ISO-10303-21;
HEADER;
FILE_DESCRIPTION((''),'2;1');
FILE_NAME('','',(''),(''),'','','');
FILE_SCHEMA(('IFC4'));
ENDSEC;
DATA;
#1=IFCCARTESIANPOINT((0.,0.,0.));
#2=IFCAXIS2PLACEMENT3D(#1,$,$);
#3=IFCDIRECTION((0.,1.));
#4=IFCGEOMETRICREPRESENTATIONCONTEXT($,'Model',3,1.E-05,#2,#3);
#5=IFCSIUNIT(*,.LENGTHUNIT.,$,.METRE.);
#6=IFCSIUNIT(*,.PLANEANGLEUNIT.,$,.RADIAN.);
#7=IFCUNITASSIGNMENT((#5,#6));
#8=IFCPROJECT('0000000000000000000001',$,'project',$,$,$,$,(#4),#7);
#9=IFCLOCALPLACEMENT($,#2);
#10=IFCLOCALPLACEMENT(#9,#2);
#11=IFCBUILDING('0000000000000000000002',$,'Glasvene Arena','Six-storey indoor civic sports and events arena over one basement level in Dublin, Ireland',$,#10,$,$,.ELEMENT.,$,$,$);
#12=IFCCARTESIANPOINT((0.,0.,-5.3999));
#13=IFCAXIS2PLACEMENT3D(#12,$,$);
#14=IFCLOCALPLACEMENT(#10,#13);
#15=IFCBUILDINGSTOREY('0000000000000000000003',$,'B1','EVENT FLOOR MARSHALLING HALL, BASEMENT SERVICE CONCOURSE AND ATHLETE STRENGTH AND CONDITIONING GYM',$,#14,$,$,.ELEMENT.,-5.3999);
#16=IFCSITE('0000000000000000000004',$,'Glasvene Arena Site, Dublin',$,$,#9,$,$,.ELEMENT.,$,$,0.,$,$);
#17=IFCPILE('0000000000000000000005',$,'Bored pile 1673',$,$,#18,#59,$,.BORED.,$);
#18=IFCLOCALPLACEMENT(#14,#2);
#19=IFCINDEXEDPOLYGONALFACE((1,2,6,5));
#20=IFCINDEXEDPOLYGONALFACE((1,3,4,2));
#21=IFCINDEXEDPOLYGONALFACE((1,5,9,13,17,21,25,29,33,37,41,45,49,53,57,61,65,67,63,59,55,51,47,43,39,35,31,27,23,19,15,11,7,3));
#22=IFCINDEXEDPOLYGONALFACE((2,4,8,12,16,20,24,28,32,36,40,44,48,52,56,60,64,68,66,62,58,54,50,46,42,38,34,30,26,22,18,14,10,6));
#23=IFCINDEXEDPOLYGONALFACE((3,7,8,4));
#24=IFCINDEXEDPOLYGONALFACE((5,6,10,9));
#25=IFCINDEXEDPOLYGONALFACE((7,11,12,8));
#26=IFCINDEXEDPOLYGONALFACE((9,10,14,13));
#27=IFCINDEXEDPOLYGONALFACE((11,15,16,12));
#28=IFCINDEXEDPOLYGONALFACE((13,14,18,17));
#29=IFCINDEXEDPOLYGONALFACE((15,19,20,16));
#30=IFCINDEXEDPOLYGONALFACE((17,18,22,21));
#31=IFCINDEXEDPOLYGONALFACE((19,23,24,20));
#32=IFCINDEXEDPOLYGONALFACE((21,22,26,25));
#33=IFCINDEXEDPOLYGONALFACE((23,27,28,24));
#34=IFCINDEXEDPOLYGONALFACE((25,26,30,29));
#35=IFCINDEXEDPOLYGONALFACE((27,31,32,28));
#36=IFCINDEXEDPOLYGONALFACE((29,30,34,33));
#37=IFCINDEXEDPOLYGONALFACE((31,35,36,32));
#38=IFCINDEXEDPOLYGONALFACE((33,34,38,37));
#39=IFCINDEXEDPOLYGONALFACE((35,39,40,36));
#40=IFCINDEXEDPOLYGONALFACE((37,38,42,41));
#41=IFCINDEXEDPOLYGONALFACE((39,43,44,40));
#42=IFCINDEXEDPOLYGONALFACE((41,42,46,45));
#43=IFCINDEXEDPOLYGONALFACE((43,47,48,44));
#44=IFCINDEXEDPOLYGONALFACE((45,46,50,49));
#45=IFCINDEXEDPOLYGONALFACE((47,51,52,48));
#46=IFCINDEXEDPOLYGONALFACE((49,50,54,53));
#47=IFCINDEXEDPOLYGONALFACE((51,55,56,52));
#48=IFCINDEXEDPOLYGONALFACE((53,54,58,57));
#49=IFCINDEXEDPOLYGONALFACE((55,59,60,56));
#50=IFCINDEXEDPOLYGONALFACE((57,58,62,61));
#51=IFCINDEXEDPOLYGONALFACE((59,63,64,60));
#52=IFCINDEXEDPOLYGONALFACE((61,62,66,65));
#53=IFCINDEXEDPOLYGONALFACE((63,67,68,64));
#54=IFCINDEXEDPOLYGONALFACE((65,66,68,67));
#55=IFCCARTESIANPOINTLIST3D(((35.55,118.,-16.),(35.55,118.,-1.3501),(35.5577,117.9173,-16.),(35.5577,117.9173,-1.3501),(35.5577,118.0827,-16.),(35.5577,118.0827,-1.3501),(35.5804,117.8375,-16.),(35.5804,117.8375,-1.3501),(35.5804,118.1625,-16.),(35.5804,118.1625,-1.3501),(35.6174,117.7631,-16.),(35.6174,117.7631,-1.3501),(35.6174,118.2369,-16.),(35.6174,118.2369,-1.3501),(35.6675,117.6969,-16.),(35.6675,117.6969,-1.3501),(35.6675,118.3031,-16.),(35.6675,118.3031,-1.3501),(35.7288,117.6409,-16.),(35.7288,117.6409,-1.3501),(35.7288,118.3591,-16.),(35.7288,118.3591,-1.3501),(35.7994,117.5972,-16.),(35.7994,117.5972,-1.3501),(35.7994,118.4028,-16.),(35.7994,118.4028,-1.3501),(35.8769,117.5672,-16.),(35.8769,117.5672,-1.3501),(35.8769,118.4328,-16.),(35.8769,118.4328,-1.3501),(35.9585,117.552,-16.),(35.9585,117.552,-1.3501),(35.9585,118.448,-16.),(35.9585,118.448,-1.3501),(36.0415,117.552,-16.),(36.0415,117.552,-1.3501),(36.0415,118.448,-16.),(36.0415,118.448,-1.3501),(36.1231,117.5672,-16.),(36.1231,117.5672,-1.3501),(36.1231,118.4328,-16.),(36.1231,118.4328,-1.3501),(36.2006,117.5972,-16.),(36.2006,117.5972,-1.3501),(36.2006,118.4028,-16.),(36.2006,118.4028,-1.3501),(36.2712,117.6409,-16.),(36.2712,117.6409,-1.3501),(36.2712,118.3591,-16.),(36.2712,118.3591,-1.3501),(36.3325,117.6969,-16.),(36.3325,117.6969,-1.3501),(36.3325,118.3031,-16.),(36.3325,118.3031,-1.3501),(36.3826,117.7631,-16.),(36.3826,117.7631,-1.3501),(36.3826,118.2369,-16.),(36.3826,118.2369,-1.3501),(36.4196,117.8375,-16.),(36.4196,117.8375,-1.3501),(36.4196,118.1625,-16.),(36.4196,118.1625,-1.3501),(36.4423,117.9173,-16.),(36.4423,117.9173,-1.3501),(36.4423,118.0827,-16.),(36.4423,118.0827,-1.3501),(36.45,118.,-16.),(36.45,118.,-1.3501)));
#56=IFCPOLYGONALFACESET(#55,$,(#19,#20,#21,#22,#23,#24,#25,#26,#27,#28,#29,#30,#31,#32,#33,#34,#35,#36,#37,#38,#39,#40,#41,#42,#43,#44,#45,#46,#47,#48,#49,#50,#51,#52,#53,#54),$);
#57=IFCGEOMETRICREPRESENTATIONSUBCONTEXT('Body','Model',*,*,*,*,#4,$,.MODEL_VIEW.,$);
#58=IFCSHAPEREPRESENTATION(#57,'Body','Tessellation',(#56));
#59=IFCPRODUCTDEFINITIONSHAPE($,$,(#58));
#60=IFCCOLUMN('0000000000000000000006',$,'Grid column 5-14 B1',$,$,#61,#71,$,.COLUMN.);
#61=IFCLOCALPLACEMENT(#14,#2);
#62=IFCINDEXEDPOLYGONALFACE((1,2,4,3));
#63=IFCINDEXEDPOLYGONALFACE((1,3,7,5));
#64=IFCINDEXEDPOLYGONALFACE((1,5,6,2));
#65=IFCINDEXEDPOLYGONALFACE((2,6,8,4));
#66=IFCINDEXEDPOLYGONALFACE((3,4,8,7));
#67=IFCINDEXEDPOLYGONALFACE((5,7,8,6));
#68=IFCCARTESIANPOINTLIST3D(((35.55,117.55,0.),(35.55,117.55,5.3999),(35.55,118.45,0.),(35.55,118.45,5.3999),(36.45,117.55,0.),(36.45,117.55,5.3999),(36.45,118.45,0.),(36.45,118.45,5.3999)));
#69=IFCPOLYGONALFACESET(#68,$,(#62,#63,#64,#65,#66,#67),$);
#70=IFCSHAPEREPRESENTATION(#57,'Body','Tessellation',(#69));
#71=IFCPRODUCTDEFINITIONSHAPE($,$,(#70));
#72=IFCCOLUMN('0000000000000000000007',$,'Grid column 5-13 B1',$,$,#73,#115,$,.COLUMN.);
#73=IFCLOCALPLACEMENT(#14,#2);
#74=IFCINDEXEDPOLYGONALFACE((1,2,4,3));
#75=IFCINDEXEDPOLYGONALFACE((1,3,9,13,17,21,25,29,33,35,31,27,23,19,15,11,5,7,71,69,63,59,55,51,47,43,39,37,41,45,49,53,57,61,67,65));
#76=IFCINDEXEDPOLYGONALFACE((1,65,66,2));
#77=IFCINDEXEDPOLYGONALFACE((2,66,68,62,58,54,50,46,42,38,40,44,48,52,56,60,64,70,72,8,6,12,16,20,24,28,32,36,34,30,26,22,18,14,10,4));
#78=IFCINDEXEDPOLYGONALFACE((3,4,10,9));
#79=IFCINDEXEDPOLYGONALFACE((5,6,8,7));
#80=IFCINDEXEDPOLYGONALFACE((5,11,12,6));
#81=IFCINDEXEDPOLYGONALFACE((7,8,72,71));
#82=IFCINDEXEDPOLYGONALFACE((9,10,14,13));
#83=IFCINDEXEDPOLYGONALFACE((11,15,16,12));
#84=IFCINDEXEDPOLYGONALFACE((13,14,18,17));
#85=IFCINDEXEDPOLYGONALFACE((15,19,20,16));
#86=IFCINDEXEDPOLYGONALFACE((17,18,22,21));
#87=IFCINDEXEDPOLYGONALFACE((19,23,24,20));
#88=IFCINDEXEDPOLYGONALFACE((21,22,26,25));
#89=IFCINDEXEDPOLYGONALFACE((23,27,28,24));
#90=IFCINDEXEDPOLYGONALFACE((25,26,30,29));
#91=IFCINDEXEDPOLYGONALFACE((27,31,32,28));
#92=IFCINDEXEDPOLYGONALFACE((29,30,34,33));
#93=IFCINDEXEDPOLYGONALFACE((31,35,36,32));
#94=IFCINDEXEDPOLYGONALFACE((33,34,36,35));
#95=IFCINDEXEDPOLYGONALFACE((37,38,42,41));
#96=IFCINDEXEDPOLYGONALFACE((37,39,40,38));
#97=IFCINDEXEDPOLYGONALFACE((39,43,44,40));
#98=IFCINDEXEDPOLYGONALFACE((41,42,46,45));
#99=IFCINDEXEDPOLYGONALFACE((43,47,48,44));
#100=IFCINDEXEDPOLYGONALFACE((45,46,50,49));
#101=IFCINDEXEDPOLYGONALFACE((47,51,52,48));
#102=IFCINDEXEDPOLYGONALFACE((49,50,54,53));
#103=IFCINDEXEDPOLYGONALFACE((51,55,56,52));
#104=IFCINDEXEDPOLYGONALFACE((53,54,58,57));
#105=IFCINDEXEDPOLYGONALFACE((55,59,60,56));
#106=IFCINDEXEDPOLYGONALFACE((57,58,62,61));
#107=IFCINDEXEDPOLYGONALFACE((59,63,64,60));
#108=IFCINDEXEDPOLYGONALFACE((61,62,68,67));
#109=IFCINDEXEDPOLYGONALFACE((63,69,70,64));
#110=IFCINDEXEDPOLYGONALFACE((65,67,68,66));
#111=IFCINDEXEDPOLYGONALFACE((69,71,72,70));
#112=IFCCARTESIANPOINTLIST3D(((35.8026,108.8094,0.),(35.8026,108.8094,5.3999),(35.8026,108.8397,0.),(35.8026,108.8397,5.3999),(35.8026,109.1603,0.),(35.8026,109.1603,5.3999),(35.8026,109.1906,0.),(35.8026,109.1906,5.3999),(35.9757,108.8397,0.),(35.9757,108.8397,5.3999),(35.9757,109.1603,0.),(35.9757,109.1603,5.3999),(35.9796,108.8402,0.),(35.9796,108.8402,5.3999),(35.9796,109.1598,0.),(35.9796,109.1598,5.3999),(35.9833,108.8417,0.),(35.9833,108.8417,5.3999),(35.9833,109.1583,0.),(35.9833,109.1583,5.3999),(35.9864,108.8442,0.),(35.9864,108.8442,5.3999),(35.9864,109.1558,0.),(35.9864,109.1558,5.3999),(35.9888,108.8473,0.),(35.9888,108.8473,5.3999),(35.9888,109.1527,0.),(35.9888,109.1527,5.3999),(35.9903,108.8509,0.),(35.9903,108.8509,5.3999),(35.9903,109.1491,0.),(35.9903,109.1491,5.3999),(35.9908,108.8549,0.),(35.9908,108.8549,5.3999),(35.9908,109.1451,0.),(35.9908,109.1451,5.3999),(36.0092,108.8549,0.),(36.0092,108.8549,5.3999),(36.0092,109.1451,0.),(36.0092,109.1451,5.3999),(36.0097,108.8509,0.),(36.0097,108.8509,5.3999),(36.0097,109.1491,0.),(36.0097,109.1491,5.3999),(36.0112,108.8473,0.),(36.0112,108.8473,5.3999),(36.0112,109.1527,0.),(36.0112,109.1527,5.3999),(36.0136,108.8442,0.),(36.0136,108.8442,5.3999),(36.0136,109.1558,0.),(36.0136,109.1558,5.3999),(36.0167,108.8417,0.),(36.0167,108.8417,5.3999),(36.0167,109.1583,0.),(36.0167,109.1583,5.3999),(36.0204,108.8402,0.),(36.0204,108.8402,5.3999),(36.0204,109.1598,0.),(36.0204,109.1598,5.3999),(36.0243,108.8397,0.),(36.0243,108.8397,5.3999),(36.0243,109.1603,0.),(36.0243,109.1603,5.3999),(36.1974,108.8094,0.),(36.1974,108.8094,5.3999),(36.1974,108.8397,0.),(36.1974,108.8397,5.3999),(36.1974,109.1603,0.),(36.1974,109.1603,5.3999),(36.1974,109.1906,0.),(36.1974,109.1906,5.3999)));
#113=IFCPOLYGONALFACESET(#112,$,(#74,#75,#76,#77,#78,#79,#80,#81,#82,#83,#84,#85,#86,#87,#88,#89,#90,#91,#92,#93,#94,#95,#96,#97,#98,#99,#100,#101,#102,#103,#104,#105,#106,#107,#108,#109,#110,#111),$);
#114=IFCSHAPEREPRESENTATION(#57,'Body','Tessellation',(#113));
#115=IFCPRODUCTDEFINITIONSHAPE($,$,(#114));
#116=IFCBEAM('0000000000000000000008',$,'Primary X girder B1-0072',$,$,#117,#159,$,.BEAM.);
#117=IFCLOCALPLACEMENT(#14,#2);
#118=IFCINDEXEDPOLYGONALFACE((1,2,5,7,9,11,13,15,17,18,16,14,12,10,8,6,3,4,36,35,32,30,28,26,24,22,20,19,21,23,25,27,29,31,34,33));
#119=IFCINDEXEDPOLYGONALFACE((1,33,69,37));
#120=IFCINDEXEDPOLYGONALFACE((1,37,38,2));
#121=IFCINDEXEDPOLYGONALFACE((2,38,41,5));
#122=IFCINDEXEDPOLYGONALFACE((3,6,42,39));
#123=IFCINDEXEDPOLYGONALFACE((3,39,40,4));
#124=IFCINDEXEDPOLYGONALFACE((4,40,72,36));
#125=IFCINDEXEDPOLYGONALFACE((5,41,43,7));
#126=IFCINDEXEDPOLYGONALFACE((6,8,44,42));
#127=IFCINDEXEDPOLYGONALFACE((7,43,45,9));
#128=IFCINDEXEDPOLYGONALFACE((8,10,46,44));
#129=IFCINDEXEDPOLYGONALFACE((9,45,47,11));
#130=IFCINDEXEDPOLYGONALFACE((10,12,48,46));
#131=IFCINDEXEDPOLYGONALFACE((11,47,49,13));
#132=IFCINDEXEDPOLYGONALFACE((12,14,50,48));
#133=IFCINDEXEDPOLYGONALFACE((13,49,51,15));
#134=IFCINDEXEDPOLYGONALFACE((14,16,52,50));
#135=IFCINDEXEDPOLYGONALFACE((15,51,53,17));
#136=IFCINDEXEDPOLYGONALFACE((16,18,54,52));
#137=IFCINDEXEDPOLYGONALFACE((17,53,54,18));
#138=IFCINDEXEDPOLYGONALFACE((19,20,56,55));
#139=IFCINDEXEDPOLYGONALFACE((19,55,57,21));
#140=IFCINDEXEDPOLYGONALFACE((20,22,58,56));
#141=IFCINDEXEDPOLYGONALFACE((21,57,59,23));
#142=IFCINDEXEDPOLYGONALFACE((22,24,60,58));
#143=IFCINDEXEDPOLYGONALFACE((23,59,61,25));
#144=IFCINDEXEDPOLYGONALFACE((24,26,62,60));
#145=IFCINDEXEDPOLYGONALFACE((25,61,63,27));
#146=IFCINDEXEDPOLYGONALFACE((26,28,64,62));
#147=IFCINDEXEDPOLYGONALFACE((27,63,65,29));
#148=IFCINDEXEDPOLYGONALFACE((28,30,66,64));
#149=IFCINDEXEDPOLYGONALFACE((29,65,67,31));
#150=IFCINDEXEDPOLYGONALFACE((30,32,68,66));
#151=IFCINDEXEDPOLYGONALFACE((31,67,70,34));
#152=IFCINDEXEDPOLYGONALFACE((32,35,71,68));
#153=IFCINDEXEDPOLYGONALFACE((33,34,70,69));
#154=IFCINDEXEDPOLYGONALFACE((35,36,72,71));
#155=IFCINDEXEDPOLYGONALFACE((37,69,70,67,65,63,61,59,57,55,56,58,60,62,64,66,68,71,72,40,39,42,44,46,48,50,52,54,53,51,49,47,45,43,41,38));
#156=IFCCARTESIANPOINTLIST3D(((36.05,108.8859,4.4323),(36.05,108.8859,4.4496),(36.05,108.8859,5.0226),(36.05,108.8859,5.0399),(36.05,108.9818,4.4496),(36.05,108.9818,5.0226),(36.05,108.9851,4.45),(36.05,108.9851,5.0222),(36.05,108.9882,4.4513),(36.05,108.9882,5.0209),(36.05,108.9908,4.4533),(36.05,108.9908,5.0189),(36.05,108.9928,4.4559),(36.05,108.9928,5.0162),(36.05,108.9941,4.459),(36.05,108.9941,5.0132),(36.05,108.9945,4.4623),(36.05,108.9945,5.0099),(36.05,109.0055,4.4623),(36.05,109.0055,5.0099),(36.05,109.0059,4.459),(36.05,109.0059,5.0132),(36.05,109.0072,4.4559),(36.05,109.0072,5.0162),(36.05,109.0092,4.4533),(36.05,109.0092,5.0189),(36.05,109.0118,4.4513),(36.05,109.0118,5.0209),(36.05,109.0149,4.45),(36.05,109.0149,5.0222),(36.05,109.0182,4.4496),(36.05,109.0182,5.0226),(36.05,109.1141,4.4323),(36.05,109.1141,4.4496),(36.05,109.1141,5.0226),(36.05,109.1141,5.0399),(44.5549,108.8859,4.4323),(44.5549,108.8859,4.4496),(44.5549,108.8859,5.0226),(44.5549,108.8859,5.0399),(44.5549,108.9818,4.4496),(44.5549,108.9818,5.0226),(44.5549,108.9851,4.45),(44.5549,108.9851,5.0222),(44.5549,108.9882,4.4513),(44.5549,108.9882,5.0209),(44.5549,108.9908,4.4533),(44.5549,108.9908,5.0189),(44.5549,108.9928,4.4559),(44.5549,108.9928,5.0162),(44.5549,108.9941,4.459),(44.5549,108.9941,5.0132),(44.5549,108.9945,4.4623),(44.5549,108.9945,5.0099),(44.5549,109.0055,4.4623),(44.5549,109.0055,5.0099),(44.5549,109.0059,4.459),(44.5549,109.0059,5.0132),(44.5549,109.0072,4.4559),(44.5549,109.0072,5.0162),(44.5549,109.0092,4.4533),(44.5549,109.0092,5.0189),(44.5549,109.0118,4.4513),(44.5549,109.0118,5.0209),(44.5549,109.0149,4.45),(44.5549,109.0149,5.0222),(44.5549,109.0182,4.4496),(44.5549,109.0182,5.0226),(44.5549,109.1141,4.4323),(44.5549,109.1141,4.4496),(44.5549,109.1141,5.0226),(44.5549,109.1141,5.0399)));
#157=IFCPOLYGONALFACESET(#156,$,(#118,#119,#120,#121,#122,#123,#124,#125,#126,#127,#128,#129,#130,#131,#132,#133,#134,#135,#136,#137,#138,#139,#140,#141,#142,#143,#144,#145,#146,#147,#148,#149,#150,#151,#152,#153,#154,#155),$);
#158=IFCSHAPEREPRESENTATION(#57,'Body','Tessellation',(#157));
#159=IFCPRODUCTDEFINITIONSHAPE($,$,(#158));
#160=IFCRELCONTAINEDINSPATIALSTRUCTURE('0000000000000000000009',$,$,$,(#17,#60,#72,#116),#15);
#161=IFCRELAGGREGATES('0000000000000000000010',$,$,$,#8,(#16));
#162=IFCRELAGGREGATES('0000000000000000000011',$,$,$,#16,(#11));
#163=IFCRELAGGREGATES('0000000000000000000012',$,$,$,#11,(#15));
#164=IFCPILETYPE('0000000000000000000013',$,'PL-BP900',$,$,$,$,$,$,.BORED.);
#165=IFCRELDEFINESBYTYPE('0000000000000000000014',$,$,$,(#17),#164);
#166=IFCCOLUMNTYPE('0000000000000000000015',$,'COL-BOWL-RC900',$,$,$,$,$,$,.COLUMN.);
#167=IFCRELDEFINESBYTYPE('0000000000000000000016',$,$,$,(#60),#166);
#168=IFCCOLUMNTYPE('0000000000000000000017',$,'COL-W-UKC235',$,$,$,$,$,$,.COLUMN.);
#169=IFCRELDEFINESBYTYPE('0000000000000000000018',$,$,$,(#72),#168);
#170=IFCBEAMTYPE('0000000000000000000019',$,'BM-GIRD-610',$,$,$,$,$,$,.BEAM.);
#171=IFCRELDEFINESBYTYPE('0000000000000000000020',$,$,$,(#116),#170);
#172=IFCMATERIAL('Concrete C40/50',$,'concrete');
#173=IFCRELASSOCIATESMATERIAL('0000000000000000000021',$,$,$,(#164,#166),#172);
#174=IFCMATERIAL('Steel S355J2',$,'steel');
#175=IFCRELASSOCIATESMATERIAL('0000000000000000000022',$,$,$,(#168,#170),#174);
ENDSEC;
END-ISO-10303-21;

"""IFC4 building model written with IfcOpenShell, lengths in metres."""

from ifc_helpers import new_model, si_unit, direction, frame, origin, origin_2d, place, context, subcontext, project, spatial, rectangle, circle, i_section, extrude, material, material_profile, profile_set, type_object, element, save


model = new_model("IFC4")

# Units and contexts
model_context = context("Model", 3, precision=1e-05, world=origin(), true_north=direction((0.0, 1.0)))
body_context = subcontext(model_context, "Body", "Model", "MODEL_VIEW")
ifc_project = project(units=[si_unit("LENGTHUNIT", "METRE"), si_unit("PLANEANGLEUNIT", "RADIAN")], contexts=[model_context])

# Site, building, storey
site_placement = place(None, origin())
site = spatial("IfcSite", under=ifc_project, at=site_placement, Name="Glasvene Arena Site, Dublin", CompositionType="ELEMENT", RefElevation=0.0)
building_placement = place(site_placement, origin())
building = spatial("IfcBuilding", under=site, at=building_placement, Name="Glasvene Arena", Description="Six-storey indoor civic sports and events arena over one basement level in Dublin, Ireland", CompositionType="ELEMENT")
storey_placement = place(building_placement, frame((0.0, 0.0, -5.3999)))
storey = spatial("IfcBuildingStorey", under=building, at=storey_placement, Name="B1", Description="EVENT FLOOR MARSHALLING HALL, BASEMENT SERVICE CONCOURSE AND ATHLETE STRENGTH AND CONDITIONING GYM", CompositionType="ELEMENT", Elevation=-5.3999)

# Shared definitions
ifc_material_1 = material(Name="Concrete C40/50", Category="concrete")

# Pile
ifc_material_profile_1 = material_profile(ifc_material_1, circle(Radius=0.45, at=origin_2d()), Name="BORED PILE 900")
ifc_profile_set_1 = profile_set([ifc_material_profile_1], Name="Concrete C40/50")
pile_type_1 = type_object("IfcPileType", Name="PL-BP900", PredefinedType="BORED", material=ifc_profile_set_1)
for number, where, z_axis, x_axis, name in (
    (1, (36.0, 118.0, -1.3501), (0.0, 0.0, -1.0), (1.0, 0.0, 0.0), "Bored pile 1673"),
):
    element("IfcPile", number, at=place(storey_placement, frame(where, z_axis=z_axis, x_axis=x_axis)), inside=storey, type_object=pile_type_1, Name=name, PredefinedType="BORED", context=body_context, shape_type="SweptSolid", body=[
        extrude(circle(Radius=0.45, at=origin_2d()), origin(), (0.0, 0.0, 1.0), 14.6499),
    ])

# Columns
ifc_material_profile_2 = material_profile(ifc_material_1, rectangle(XDim=0.8999, YDim=0.8999, at=origin_2d()), Name="RC 900x900")
ifc_profile_set_2 = profile_set([ifc_material_profile_2], Name="Concrete C40/50")
column_type_1 = type_object("IfcColumnType", Name="COL-BOWL-RC900", PredefinedType="COLUMN", material=ifc_profile_set_2)
column_1_placement = place(storey_placement, frame((36.0, 118.0, 0.0), z_axis=(0.0, 0.0, 1.0), x_axis=(1.0, 0.0, 0.0)))
element("IfcColumn", 2, at=column_1_placement, inside=storey, type_object=column_type_1, Name="Grid column 5-14 B1", PredefinedType="COLUMN", context=body_context, shape_type="SweptSolid", body=[
    extrude(rectangle(XDim=0.8999, YDim=0.8999, at=origin_2d()), origin(), (0.0, 0.0, 1.0), 5.3999),
])
ifc_material_2 = material(Name="Steel S355J2", Category="steel")
ifc_material_profile_3 = material_profile(ifc_material_2, i_section(OverallWidth=0.3948, OverallDepth=0.3811, WebThickness=0.0183, FlangeThickness=0.0303, FilletRadius=0.0151, at=origin_2d()), Name="UKC 356x406x235")
ifc_profile_set_3 = profile_set([ifc_material_profile_3], Name="Steel S355J2")
column_type_2 = type_object("IfcColumnType", Name="COL-W-UKC235", PredefinedType="COLUMN", material=ifc_profile_set_3)
column_2_placement = place(storey_placement, frame((36.0, 109.0, 0.0), z_axis=(0.0, 0.0, 1.0), x_axis=(1.0, 0.0, 0.0)))
element("IfcColumn", 3, at=column_2_placement, inside=storey, type_object=column_type_2, Name="Grid column 5-13 B1", PredefinedType="COLUMN", context=body_context, shape_type="SweptSolid", body=[
    extrude(i_section(OverallWidth=0.3948, OverallDepth=0.3811, WebThickness=0.0183, FlangeThickness=0.0303, FilletRadius=0.0151, at=origin_2d()), origin(), (0.0, 0.0, 1.0), 5.3999),
])

# Beam
ifc_material_profile_4 = material_profile(ifc_material_2, i_section(OverallWidth=0.2283, OverallDepth=0.6077, WebThickness=0.011, FlangeThickness=0.0173, FilletRadius=0.0127, at=origin_2d()), Name="UKB 610x229x113")
ifc_profile_set_4 = profile_set([ifc_material_profile_4], Name="Steel S355J2")
beam_type_1 = type_object("IfcBeamType", Name="BM-GIRD-610", PredefinedType="BEAM", material=ifc_profile_set_4)
beam_1_placement = place(storey_placement, frame((36.05, 109.0, 4.7361), z_axis=(1.0, 0.0, 0.0), x_axis=(0.0, 1.0, 0.0)))
element("IfcBeam", 4, at=beam_1_placement, inside=storey, type_object=beam_type_1, Name="Primary X girder B1-0072", PredefinedType="BEAM", context=body_context, shape_type="SweptSolid", body=[
    extrude(i_section(OverallWidth=0.2283, OverallDepth=0.6077, WebThickness=0.011, FlangeThickness=0.0173, FilletRadius=0.0127, at=origin_2d()), origin(), (0.0, 0.0, 1.0), 8.5049),
])

save(model, "model.ifc")
